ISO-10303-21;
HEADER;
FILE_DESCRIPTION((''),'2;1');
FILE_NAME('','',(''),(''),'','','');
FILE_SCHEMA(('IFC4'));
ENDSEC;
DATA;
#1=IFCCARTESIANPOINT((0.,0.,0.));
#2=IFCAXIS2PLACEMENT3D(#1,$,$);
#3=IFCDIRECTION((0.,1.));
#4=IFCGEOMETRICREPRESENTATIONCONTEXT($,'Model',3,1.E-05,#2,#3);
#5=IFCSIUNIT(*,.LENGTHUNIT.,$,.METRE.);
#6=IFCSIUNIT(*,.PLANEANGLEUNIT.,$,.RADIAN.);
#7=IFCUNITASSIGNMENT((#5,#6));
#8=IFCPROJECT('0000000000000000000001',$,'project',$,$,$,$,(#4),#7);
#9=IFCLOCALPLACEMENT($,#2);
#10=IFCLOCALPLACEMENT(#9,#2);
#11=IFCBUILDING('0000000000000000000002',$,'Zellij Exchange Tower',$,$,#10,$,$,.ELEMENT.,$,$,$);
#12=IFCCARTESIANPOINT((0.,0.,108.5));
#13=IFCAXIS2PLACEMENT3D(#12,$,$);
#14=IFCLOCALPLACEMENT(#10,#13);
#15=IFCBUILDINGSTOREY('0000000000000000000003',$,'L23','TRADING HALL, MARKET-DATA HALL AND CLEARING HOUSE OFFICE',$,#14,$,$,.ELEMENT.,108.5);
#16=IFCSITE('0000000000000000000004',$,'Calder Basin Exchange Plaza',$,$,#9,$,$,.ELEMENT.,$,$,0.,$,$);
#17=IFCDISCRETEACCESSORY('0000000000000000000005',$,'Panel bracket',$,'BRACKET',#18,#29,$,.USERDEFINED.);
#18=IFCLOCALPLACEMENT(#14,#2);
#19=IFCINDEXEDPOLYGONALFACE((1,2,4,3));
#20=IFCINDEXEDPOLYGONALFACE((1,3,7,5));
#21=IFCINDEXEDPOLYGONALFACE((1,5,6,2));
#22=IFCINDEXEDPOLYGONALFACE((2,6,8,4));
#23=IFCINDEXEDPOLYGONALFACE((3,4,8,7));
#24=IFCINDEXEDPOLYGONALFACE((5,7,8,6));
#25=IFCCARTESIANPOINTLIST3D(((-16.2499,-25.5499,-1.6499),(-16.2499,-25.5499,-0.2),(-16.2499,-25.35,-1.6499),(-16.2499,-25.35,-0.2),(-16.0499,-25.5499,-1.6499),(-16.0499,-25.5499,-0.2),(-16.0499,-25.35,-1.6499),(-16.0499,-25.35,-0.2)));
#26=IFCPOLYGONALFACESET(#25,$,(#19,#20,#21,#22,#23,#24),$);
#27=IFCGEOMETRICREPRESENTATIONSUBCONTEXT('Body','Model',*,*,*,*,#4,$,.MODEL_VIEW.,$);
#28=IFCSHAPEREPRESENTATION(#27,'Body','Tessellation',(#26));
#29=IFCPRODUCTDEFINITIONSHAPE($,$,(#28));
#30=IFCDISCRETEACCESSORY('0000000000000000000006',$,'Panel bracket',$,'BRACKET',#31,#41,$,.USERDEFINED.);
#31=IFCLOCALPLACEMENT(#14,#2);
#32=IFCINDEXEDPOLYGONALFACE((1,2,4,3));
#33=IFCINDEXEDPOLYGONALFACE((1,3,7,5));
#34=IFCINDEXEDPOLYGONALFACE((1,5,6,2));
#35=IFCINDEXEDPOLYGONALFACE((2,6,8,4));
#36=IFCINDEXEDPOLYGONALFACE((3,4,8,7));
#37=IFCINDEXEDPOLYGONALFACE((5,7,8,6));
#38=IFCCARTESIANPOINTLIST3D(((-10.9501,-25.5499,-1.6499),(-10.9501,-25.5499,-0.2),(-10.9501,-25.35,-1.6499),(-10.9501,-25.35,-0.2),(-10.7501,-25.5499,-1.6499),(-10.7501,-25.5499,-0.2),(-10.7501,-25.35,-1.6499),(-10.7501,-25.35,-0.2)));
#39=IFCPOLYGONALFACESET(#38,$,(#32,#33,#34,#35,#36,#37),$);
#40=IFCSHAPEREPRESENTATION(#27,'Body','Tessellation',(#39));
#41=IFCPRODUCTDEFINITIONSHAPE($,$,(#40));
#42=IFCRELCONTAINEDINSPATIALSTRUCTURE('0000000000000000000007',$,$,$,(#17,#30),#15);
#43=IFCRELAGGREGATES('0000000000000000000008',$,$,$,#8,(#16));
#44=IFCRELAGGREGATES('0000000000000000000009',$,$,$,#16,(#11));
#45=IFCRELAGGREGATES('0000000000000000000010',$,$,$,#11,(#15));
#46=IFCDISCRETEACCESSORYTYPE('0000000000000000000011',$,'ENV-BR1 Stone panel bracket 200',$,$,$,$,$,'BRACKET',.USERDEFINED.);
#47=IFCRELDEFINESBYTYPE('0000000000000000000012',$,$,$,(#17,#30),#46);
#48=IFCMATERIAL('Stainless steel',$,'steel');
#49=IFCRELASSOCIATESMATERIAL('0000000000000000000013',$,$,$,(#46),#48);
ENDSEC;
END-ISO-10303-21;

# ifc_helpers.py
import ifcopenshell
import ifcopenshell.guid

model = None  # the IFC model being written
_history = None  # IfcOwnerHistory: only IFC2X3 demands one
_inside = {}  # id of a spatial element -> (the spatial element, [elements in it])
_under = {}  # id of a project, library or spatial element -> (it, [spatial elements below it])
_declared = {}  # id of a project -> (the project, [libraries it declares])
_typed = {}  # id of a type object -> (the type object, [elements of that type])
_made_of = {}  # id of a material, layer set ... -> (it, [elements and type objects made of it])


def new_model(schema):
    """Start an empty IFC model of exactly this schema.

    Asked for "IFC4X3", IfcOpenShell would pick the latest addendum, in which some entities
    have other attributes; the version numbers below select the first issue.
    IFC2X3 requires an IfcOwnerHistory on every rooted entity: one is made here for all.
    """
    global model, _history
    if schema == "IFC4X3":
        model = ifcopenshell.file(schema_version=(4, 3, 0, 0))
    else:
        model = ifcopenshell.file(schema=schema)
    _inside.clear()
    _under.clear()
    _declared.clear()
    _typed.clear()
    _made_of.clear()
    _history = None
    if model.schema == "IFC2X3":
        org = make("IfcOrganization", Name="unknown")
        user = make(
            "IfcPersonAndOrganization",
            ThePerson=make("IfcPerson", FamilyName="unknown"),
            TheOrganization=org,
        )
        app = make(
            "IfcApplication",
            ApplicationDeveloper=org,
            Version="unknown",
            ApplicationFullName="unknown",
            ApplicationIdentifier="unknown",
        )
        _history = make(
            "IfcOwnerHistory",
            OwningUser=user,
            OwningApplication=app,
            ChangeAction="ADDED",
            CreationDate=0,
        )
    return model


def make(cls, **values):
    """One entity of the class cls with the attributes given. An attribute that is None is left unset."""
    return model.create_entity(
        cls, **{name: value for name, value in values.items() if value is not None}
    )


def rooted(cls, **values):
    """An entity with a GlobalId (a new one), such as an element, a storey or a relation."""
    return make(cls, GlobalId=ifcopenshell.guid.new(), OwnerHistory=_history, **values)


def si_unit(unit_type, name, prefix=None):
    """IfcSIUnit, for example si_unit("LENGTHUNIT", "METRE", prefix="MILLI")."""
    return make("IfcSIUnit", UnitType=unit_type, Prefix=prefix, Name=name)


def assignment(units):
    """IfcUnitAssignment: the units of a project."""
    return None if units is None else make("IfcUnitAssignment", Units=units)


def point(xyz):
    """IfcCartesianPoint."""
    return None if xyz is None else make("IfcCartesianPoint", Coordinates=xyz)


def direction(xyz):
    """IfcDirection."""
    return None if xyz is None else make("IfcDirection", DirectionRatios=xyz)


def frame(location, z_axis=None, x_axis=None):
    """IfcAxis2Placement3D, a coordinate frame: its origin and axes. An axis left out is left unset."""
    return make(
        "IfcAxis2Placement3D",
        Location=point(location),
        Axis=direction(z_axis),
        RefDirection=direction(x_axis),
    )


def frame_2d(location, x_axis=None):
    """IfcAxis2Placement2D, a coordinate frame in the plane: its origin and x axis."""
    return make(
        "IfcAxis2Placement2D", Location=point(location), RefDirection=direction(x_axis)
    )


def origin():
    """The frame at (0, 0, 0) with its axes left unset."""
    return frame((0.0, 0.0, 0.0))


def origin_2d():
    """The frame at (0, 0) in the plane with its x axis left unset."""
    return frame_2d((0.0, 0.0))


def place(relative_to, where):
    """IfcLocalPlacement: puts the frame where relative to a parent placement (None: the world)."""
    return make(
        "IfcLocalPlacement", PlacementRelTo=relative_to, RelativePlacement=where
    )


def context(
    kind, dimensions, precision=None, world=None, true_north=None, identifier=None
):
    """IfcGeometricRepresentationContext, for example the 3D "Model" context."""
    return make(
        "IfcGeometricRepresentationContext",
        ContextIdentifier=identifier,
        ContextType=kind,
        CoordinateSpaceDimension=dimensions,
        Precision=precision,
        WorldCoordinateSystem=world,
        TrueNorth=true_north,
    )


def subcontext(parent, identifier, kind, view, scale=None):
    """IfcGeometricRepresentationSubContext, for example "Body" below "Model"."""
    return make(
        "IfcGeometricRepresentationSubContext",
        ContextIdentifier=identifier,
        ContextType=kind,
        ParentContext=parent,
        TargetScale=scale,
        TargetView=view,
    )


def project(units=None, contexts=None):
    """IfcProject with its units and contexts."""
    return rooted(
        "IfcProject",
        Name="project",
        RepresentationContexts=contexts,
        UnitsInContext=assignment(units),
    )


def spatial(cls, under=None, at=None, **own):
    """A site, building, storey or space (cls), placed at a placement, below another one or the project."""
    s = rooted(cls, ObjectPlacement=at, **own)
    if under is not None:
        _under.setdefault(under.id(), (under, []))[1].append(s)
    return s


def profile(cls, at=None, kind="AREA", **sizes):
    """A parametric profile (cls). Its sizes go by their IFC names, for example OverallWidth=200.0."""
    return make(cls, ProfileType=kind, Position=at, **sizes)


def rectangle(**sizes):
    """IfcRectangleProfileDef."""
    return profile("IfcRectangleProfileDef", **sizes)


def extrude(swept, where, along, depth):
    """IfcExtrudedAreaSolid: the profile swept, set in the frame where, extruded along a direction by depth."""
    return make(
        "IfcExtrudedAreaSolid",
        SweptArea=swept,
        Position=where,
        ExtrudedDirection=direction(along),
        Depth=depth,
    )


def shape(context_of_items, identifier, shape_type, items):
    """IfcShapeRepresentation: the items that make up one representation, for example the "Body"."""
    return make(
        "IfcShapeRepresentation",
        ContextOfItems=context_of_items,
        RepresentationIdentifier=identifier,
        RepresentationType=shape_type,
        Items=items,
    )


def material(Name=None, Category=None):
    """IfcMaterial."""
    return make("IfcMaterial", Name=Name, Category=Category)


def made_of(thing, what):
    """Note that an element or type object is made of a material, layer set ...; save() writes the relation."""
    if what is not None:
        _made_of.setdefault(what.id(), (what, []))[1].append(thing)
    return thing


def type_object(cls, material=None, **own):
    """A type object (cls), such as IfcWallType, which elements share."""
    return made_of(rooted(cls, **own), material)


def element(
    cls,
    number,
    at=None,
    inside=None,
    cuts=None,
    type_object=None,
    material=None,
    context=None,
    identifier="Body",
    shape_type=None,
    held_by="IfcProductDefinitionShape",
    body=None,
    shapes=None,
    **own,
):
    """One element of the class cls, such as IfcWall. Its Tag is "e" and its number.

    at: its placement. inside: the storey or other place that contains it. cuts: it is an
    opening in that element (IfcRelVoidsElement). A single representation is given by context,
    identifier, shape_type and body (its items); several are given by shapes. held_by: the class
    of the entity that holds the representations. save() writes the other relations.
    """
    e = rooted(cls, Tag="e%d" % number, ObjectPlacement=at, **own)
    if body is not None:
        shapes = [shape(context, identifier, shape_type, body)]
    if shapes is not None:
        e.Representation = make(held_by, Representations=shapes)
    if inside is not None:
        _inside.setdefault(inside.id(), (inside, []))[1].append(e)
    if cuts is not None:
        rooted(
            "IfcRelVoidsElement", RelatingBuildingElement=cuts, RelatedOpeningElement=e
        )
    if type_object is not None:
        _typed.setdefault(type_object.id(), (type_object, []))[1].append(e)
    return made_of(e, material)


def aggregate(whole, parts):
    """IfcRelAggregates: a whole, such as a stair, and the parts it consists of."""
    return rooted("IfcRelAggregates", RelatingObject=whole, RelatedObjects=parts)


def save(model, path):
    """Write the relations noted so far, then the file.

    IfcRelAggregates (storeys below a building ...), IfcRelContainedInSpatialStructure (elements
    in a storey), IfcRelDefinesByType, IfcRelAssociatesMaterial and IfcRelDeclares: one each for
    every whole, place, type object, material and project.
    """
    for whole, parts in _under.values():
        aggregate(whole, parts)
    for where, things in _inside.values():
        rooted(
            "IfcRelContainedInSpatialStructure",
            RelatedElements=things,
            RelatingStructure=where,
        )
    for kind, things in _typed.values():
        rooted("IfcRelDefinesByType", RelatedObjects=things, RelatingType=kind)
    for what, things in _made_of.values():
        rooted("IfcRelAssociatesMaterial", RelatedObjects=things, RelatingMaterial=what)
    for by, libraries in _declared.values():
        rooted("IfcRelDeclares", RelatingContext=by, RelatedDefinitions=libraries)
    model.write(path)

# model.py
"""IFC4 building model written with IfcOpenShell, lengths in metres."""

from ifc_helpers import new_model, si_unit, direction, frame, origin, origin_2d, place, context, subcontext, project, spatial, rectangle, extrude, material, type_object, element, save


model = new_model("IFC4")

# Units and contexts
model_context = context("Model", 3, precision=1e-05, world=origin(), true_north=direction((0.0, 1.0)))
body_context = subcontext(model_context, "Body", "Model", "MODEL_VIEW")
ifc_project = project(units=[si_unit("LENGTHUNIT", "METRE"), si_unit("PLANEANGLEUNIT", "RADIAN")], contexts=[model_context])

# Site, building, storey
site_placement = place(None, origin())
site = spatial("IfcSite", under=ifc_project, at=site_placement, Name="Calder Basin Exchange Plaza", CompositionType="ELEMENT", RefElevation=0.0)
building_placement = place(site_placement, origin())
building = spatial("IfcBuilding", under=site, at=building_placement, Name="Zellij Exchange Tower", CompositionType="ELEMENT")
storey_placement = place(building_placement, frame((0.0, 0.0, 108.5)))
storey = spatial("IfcBuildingStorey", under=building, at=storey_placement, Name="L23", Description="TRADING HALL, MARKET-DATA HALL AND CLEARING HOUSE OFFICE", CompositionType="ELEMENT", Elevation=108.5)

# Shared definitions
ifc_material_1 = material(Name="Stainless steel", Category="steel")

# Discrete accessories
discrete_accessory_type = type_object("IfcDiscreteAccessoryType", Name="ENV-BR1 Stone panel bracket 200", ElementType="BRACKET", PredefinedType="USERDEFINED", material=ifc_material_1)
for number, where, z_axis, x_axis, name in (
    (1, (-16.1499, -25.45, -1.6499), (0.0, 0.0, 1.0), (1.0, 0.0, 0.0), "Panel bracket"),
    (2, (-10.8501, -25.45, -1.6499), (0.0, 0.0, 1.0), (1.0, 0.0, 0.0), "Panel bracket"),
):
    element("IfcDiscreteAccessory", number, at=place(storey_placement, frame(where, z_axis=z_axis, x_axis=x_axis)), inside=storey, type_object=discrete_accessory_type, Name=name, ObjectType="BRACKET", PredefinedType="USERDEFINED", context=body_context, shape_type="SweptSolid", body=[
        extrude(rectangle(XDim=0.2, YDim=0.2, at=origin_2d()), origin(), (0.0, 0.0, 1.0), 1.45),
    ])

save(model, "model.ifc")
